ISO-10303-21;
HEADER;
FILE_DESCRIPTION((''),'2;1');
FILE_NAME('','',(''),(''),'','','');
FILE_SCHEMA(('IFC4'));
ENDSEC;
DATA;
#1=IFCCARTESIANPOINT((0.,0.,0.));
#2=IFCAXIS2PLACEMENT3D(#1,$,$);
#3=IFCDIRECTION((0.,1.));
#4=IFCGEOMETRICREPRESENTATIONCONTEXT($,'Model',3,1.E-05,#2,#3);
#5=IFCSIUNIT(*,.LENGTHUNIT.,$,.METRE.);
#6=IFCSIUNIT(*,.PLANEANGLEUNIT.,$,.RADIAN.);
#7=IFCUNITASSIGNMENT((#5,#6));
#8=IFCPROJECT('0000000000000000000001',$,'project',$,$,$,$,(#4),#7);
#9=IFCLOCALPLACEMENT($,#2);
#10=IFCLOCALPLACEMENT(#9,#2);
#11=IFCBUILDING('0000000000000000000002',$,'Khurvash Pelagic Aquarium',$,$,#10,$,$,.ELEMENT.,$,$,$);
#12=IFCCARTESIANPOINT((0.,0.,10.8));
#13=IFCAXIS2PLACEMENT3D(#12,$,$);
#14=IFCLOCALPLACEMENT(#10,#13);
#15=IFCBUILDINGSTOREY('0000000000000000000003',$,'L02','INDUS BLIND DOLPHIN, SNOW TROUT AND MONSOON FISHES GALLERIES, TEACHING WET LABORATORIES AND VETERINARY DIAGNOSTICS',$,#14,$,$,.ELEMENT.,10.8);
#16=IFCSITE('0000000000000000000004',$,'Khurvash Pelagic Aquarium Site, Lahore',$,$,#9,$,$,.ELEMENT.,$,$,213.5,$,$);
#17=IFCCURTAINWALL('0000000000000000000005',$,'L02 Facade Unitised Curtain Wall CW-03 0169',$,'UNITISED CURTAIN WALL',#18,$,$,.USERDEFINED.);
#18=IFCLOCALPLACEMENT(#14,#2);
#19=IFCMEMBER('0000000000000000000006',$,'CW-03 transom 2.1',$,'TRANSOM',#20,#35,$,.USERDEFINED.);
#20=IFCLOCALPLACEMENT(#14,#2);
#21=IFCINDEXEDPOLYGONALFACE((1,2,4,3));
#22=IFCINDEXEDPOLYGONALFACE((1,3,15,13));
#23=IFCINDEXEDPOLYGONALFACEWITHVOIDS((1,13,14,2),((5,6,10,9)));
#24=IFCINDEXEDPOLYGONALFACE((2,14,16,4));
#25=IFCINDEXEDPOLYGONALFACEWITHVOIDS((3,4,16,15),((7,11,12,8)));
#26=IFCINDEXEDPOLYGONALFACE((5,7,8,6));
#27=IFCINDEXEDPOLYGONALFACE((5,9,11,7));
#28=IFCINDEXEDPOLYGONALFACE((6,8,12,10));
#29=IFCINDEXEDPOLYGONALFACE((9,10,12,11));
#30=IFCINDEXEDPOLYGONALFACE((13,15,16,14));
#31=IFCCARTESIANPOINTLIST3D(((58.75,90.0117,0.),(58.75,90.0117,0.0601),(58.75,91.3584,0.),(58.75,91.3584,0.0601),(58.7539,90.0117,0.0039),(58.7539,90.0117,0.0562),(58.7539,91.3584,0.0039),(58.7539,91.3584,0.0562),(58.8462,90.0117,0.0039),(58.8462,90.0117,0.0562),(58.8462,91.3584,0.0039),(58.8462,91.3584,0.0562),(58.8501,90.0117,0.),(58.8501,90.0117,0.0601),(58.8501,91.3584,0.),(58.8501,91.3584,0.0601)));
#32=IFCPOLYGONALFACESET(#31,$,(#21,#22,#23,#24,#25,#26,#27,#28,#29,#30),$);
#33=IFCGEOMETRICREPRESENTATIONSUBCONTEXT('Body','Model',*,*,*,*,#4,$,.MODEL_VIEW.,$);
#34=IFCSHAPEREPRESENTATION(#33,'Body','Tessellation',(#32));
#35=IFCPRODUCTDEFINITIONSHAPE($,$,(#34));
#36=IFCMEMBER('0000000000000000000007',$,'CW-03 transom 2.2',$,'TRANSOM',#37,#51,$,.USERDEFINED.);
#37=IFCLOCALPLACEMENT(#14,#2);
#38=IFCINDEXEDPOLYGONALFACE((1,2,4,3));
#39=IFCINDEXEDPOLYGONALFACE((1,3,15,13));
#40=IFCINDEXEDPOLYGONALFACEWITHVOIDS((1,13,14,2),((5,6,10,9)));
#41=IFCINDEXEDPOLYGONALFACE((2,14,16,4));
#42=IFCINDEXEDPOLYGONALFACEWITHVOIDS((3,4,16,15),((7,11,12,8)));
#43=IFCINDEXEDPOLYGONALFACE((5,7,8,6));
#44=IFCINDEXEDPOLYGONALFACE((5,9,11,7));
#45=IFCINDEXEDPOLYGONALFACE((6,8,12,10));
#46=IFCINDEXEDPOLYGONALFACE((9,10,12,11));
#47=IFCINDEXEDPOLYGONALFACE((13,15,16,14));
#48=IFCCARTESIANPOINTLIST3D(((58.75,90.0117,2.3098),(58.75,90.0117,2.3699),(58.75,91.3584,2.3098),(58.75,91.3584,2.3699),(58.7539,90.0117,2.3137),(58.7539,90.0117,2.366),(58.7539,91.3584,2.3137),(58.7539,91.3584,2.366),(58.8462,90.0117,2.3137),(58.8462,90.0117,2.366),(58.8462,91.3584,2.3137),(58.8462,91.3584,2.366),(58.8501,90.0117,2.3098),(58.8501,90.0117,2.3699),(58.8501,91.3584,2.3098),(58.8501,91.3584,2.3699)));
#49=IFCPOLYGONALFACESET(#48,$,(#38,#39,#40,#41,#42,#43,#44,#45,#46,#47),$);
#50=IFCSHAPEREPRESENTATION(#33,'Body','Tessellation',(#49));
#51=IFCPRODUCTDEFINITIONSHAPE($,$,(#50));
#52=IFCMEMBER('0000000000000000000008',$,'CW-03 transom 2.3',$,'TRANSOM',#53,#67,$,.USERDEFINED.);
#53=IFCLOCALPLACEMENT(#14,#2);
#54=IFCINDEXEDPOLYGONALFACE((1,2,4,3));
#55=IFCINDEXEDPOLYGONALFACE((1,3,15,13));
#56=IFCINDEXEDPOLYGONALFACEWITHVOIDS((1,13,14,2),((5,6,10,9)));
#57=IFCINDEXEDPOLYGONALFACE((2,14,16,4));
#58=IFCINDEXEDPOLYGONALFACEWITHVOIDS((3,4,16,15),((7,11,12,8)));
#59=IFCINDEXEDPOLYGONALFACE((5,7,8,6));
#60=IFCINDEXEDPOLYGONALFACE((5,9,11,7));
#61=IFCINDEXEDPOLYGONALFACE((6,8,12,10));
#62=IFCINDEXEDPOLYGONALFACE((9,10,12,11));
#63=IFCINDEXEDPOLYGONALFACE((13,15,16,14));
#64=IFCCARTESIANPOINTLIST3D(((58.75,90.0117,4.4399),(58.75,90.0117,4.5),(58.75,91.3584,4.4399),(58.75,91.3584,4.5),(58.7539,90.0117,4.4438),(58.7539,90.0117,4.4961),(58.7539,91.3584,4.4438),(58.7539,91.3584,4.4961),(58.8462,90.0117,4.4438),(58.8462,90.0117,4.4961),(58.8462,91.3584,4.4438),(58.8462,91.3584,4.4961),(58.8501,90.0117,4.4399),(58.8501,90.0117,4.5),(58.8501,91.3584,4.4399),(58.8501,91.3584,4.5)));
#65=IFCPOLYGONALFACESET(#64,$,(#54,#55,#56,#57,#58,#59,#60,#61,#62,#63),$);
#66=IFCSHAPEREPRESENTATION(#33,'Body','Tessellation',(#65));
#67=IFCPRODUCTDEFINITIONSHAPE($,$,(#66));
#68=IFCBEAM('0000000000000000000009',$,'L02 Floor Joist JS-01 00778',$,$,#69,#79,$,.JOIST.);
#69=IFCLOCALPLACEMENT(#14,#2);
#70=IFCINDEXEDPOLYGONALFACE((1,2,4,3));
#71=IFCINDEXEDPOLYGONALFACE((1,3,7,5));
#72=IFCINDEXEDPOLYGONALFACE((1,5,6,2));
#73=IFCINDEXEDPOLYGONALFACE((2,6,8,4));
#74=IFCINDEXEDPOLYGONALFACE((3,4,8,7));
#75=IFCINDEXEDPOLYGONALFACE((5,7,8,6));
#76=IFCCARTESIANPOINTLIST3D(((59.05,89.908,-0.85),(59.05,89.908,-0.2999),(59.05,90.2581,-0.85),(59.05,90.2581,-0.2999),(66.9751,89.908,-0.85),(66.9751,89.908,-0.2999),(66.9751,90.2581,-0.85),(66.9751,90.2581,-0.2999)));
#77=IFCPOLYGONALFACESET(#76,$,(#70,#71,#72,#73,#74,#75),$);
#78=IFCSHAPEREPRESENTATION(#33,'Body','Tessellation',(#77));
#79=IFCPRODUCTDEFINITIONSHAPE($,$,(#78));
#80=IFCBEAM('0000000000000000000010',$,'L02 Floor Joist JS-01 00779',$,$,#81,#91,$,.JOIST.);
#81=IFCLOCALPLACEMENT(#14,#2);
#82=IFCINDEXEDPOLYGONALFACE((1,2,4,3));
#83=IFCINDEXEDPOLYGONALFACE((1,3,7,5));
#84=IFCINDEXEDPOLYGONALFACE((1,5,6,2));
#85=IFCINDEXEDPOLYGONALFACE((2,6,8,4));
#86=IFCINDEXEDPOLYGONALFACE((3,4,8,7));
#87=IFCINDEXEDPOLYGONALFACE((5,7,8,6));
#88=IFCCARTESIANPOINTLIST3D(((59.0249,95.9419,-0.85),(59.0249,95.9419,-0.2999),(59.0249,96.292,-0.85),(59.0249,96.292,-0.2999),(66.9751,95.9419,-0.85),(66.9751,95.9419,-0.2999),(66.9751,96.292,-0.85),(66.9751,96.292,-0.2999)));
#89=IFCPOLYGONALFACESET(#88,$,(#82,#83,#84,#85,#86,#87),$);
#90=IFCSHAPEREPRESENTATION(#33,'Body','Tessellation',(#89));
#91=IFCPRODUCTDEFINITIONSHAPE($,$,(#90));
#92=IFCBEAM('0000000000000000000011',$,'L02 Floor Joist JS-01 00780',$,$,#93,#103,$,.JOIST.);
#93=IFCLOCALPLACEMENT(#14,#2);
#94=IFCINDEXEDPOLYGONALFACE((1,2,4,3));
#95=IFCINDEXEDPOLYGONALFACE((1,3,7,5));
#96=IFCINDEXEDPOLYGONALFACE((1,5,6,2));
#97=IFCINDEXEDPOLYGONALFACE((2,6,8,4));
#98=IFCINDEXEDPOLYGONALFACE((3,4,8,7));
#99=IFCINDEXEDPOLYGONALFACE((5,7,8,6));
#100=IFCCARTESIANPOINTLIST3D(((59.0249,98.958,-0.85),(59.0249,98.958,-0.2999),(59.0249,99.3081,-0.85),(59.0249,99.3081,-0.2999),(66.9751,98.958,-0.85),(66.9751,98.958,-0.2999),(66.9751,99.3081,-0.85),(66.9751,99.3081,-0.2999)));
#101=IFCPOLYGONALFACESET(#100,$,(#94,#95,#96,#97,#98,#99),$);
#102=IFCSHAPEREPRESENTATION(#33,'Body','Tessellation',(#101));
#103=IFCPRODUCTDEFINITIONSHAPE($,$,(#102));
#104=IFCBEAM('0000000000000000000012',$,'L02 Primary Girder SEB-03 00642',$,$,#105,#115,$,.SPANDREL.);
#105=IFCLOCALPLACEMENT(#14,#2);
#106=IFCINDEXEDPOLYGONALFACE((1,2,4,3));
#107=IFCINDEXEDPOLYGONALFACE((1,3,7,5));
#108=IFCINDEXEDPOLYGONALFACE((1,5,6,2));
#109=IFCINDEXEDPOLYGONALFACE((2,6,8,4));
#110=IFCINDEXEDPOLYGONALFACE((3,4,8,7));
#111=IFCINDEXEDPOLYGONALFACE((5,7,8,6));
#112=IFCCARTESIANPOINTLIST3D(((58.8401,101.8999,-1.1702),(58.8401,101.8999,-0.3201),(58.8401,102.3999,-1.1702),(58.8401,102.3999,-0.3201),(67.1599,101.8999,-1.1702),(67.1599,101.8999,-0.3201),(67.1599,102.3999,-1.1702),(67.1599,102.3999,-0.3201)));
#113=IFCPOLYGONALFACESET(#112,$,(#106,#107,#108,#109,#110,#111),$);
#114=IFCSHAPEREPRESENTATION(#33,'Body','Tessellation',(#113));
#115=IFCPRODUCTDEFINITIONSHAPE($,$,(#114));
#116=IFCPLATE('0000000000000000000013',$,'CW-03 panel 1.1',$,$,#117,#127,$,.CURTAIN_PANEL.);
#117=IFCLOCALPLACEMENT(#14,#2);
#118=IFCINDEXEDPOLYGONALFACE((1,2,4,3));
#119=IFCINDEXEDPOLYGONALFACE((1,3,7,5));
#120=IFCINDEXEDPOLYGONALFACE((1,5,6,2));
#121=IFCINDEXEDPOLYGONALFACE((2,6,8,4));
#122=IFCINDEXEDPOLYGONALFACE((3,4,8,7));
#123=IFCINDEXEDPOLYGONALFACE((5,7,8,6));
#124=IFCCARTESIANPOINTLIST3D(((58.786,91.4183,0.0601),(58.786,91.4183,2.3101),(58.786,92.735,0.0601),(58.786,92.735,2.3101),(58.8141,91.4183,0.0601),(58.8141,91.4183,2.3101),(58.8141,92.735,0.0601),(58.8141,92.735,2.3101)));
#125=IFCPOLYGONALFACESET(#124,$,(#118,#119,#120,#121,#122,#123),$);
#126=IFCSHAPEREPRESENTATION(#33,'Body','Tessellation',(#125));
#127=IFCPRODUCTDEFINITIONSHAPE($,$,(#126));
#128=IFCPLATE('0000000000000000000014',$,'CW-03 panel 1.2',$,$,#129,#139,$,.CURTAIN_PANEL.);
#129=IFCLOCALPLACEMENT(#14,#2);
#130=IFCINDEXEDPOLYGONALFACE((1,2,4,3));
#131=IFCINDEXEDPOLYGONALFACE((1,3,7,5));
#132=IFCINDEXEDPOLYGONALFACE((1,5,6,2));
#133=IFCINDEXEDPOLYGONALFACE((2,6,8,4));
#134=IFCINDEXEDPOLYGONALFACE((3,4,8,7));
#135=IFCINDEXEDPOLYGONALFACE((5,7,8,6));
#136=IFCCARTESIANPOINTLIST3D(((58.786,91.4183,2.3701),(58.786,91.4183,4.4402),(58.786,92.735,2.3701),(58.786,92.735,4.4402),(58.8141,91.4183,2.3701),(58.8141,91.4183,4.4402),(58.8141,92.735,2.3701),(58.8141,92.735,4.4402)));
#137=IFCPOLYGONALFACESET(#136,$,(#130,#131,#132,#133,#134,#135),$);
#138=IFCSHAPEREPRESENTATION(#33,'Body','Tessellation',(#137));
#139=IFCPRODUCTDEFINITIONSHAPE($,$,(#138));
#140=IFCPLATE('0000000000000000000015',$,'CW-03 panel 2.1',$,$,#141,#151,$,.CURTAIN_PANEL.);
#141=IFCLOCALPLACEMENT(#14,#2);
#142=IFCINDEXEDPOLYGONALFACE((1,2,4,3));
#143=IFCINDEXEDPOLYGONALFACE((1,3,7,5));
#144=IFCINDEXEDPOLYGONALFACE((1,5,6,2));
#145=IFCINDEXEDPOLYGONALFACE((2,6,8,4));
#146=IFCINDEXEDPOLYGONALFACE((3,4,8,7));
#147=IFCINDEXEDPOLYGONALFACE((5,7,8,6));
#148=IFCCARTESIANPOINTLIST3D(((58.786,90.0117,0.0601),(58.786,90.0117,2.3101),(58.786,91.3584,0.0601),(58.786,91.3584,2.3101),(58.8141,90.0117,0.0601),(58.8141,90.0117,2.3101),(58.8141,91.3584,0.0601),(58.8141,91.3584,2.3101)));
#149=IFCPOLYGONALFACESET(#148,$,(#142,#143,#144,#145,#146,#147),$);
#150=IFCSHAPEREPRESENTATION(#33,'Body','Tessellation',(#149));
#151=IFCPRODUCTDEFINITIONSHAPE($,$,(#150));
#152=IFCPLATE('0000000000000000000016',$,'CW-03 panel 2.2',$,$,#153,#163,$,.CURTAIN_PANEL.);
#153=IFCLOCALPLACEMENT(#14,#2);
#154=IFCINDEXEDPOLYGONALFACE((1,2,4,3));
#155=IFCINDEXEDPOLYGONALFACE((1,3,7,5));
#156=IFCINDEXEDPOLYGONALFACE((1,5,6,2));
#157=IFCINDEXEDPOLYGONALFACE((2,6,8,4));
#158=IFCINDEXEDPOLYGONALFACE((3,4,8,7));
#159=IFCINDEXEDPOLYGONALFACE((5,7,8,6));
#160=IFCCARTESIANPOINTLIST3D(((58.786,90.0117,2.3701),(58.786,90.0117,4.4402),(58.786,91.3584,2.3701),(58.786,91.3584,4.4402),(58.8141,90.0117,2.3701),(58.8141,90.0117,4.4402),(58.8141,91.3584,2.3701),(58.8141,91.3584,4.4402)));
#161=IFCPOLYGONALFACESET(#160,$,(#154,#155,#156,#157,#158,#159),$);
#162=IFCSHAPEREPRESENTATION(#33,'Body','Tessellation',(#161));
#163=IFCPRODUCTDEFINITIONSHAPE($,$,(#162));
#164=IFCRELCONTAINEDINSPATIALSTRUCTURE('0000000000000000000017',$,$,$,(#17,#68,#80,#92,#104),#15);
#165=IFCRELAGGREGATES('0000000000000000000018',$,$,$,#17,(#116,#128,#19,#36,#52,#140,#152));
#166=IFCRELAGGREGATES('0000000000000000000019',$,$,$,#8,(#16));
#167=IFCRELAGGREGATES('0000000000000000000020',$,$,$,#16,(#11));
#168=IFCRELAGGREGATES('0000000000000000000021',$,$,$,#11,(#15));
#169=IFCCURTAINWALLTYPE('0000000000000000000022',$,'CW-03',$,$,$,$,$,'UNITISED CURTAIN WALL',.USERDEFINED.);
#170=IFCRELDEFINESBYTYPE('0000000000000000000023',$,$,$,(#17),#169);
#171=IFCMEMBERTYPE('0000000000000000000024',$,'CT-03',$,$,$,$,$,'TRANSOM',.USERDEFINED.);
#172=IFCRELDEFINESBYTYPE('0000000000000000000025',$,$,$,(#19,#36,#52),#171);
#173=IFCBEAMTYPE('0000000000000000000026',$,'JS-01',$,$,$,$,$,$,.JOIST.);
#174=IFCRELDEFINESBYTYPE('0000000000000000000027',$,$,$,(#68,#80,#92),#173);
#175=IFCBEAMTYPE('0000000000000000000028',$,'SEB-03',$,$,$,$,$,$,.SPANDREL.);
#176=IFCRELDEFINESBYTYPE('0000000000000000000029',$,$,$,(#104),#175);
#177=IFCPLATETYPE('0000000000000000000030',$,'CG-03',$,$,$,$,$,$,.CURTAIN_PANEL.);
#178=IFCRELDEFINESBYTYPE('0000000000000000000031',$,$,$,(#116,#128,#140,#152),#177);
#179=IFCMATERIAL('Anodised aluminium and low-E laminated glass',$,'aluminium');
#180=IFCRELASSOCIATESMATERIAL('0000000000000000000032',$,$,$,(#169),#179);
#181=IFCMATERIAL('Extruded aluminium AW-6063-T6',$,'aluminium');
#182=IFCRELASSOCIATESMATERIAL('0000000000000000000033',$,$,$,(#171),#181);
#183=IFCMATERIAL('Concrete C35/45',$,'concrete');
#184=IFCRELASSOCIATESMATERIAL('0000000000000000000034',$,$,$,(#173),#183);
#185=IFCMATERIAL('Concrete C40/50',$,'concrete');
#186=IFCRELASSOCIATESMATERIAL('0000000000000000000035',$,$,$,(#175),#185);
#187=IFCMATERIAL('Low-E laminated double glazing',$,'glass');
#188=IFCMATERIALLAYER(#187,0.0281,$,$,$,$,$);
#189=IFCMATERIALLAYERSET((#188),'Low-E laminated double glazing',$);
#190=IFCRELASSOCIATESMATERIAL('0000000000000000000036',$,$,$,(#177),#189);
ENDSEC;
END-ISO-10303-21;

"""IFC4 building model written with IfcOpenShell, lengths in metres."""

from ifc_helpers import new_model, si_unit, direction, frame, origin, origin_2d, place, context, subcontext, project, spatial, rectangle, hollow_rectangle, extrude, material, layer, layer_set, material_profile, profile_set, type_object, element, aggregate, save


model = new_model("IFC4")

# Units and contexts
model_context = context("Model", 3, precision=1e-05, world=origin(), true_north=direction((0.0, 1.0)))
body_context = subcontext(model_context, "Body", "Model", "MODEL_VIEW")
ifc_project = project(units=[si_unit("LENGTHUNIT", "METRE"), si_unit("PLANEANGLEUNIT", "RADIAN")], contexts=[model_context])

# Site, building, storey
site_placement = place(None, origin())
site = spatial("IfcSite", under=ifc_project, at=site_placement, Name="Khurvash Pelagic Aquarium Site, Lahore", CompositionType="ELEMENT", RefElevation=213.5)
building_placement = place(site_placement, origin())
building = spatial("IfcBuilding", under=site, at=building_placement, Name="Khurvash Pelagic Aquarium", CompositionType="ELEMENT")
storey_placement = place(building_placement, frame((0.0, 0.0, 10.8)))
storey = spatial("IfcBuildingStorey", under=building, at=storey_placement, Name="L02", Description="INDUS BLIND DOLPHIN, SNOW TROUT AND MONSOON FISHES GALLERIES, TEACHING WET LABORATORIES AND VETERINARY DIAGNOSTICS", CompositionType="ELEMENT", Elevation=10.8)

# Shared definitions
ifc_material_1 = material(Name="Concrete C40/50", Category="concrete")

# Shared definitions
ifc_material_2 = material(Name="Concrete C35/45", Category="concrete")

# Curtain wall, members
ifc_material_3 = material(Name="Anodised aluminium and low-E laminated glass", Category="aluminium")
curtain_wall_type = type_object("IfcCurtainWallType", Name="CW-03", ElementType="UNITISED CURTAIN WALL", PredefinedType="USERDEFINED", material=ifc_material_3)
curtain_wall_placement = place(storey_placement, origin())
curtain_wall = element("IfcCurtainWall", 1, at=curtain_wall_placement, inside=storey, type_object=curtain_wall_type, Name="L02 Facade Unitised Curtain Wall CW-03 0169", ObjectType="UNITISED CURTAIN WALL", PredefinedType="USERDEFINED")
ifc_material_4 = material(Name="Extruded aluminium AW-6063-T6", Category="aluminium")
ifc_material_profile_1 = material_profile(ifc_material_4, hollow_rectangle(XDim=0.1001, YDim=0.0601, WallThickness=0.0039, at=origin_2d()), Name="CWT100X60X4")
ifc_profile_set_1 = profile_set([ifc_material_profile_1], Name="Extruded aluminium AW-6063-T6")
member_type_1 = type_object("IfcMemberType", Name="CT-03", ElementType="TRANSOM", PredefinedType="USERDEFINED", material=ifc_profile_set_1)
member_1_placement = place(storey_placement, frame((58.8, 91.3584, 0.03), z_axis=(0.0, -1.0, 0.0), x_axis=(1.0, 0.0, 0.0)))
member_1 = element("IfcMember", 2, at=member_1_placement, type_object=member_type_1, Name="CW-03 transom 2.1", ObjectType="TRANSOM", PredefinedType="USERDEFINED", context=body_context, shape_type="SweptSolid", body=[
    extrude(hollow_rectangle(XDim=0.1001, YDim=0.0601, WallThickness=0.0039, at=origin_2d()), origin(), (0.0, 0.0, 1.0), 1.3467),
])
member_2_placement = place(storey_placement, frame((58.8, 91.3584, 2.3398), z_axis=(0.0, -1.0, 0.0), x_axis=(1.0, 0.0, 0.0)))
member_2 = element("IfcMember", 3, at=member_2_placement, type_object=member_type_1, Name="CW-03 transom 2.2", ObjectType="TRANSOM", PredefinedType="USERDEFINED", context=body_context, shape_type="SweptSolid", body=[
    extrude(hollow_rectangle(XDim=0.1001, YDim=0.0601, WallThickness=0.0039, at=origin_2d()), origin(), (0.0, 0.0, 1.0), 1.3467),
])
member_3_placement = place(storey_placement, frame((58.8, 91.3584, 4.47), z_axis=(0.0, -1.0, 0.0), x_axis=(1.0, 0.0, 0.0)))
member_3 = element("IfcMember", 4, at=member_3_placement, type_object=member_type_1, Name="CW-03 transom 2.3", ObjectType="TRANSOM", PredefinedType="USERDEFINED", context=body_context, shape_type="SweptSolid", body=[
    extrude(hollow_rectangle(XDim=0.1001, YDim=0.0601, WallThickness=0.0039, at=origin_2d()), origin(), (0.0, 0.0, 1.0), 1.3467),
])

# Beams
ifc_material_profile_2 = material_profile(ifc_material_2, rectangle(XDim=0.3501, YDim=0.55, at=origin_2d()), Name="RC350X550")
ifc_profile_set_2 = profile_set([ifc_material_profile_2], Name="Concrete C35/45")
beam_type_1 = type_object("IfcBeamType", Name="JS-01", PredefinedType="JOIST", material=ifc_profile_set_2)
beam_1_placement = place(storey_placement, frame((59.05, 90.083, -0.575), z_axis=(1.0, 0.0, 0.0), x_axis=(0.0, 1.0, 0.0)))
element("IfcBeam", 5, at=beam_1_placement, inside=storey, type_object=beam_type_1, Name="L02 Floor Joist JS-01 00778", PredefinedType="JOIST", context=body_context, shape_type="SweptSolid", body=[
    extrude(rectangle(XDim=0.3501, YDim=0.55, at=origin_2d()), origin(), (0.0, 0.0, 1.0), 7.925),
])
for number, where, z_axis, x_axis, name in (
    (6, (59.0249, 96.1169, -0.575), (1.0, 0.0, 0.0), (0.0, 1.0, 0.0), "L02 Floor Joist JS-01 00779"),
    (7, (59.0249, 99.1331, -0.575), (1.0, 0.0, 0.0), (0.0, 1.0, 0.0), "L02 Floor Joist JS-01 00780"),
):
    element("IfcBeam", number, at=place(storey_placement, frame(where, z_axis=z_axis, x_axis=x_axis)), inside=storey, type_object=beam_type_1, Name=name, PredefinedType="JOIST", context=body_context, shape_type="SweptSolid", body=[
        extrude(rectangle(XDim=0.3501, YDim=0.55, at=origin_2d()), origin(), (0.0, 0.0, 1.0), 7.9502),
    ])
ifc_material_profile_3 = material_profile(ifc_material_1, rectangle(XDim=0.5, YDim=0.8501, at=origin_2d()), Name="RC500X850")
ifc_profile_set_3 = profile_set([ifc_material_profile_3], Name="Concrete C40/50")
beam_type_2 = type_object("IfcBeamType", Name="SEB-03", PredefinedType="SPANDREL", material=ifc_profile_set_3)
beam_2_placement = place(storey_placement, frame((58.8401, 102.1499, -0.7451), z_axis=(1.0, 0.0, 0.0), x_axis=(0.0, 1.0, 0.0)))
element("IfcBeam", 8, at=beam_2_placement, inside=storey, type_object=beam_type_2, Name="L02 Primary Girder SEB-03 00642", PredefinedType="SPANDREL", context=body_context, shape_type="SweptSolid", body=[
    extrude(rectangle(XDim=0.5, YDim=0.8501, at=origin_2d()), origin(), (0.0, 0.0, 1.0), 8.3198),
])

# Plates
ifc_material_5 = material(Name="Low-E laminated double glazing", Category="glass")
ifc_layer_1 = layer(ifc_material_5, 0.0281)
ifc_layer_set_1 = layer_set([ifc_layer_1], Name="Low-E laminated double glazing")
plate_type = type_object("IfcPlateType", Name="CG-03", PredefinedType="CURTAIN_PANEL", material=ifc_layer_set_1)
plate_1_placement = place(storey_placement, frame((58.8, 92.0767, 0.0601), z_axis=(0.0, 0.0, 1.0), x_axis=(0.0, -1.0, 0.0)))
plate_1 = element("IfcPlate", 9, at=plate_1_placement, type_object=plate_type, Name="CW-03 panel 1.1", PredefinedType="CURTAIN_PANEL", context=body_context, shape_type="SweptSolid", body=[
    extrude(rectangle(XDim=1.3167, YDim=0.0281, at=origin_2d()), origin(), (0.0, 0.0, 1.0), 2.25),
])
plate_2_placement = place(storey_placement, frame((58.8, 92.0767, 2.3701), z_axis=(0.0, 0.0, 1.0), x_axis=(0.0, -1.0, 0.0)))
plate_2 = element("IfcPlate", 10, at=plate_2_placement, type_object=plate_type, Name="CW-03 panel 1.2", PredefinedType="CURTAIN_PANEL", context=body_context, shape_type="SweptSolid", body=[
    extrude(rectangle(XDim=1.3167, YDim=0.0281, at=origin_2d()), origin(), (0.0, 0.0, 1.0), 2.0701),
])
plate_3_placement = place(storey_placement, frame((58.8, 90.6851, 0.0601), z_axis=(0.0, 0.0, 1.0), x_axis=(0.0, -1.0, 0.0)))
plate_3 = element("IfcPlate", 11, at=plate_3_placement, type_object=plate_type, Name="CW-03 panel 2.1", PredefinedType="CURTAIN_PANEL", context=body_context, shape_type="SweptSolid", body=[
    extrude(rectangle(XDim=1.3467, YDim=0.0281, at=origin_2d()), origin(), (0.0, 0.0, 1.0), 2.25),
])
plate_4_placement = place(storey_placement, frame((58.8, 90.6851, 2.3701), z_axis=(0.0, 0.0, 1.0), x_axis=(0.0, -1.0, 0.0)))
plate_4 = element("IfcPlate", 12, at=plate_4_placement, type_object=plate_type, Name="CW-03 panel 2.2", PredefinedType="CURTAIN_PANEL", context=body_context, shape_type="SweptSolid", body=[
    extrude(rectangle(XDim=1.3467, YDim=0.0281, at=origin_2d()), origin(), (0.0, 0.0, 1.0), 2.0701),
])
aggregate(curtain_wall, [plate_1, plate_2, member_1, member_2, member_3, plate_3, plate_4])

save(model, "model.ifc")
